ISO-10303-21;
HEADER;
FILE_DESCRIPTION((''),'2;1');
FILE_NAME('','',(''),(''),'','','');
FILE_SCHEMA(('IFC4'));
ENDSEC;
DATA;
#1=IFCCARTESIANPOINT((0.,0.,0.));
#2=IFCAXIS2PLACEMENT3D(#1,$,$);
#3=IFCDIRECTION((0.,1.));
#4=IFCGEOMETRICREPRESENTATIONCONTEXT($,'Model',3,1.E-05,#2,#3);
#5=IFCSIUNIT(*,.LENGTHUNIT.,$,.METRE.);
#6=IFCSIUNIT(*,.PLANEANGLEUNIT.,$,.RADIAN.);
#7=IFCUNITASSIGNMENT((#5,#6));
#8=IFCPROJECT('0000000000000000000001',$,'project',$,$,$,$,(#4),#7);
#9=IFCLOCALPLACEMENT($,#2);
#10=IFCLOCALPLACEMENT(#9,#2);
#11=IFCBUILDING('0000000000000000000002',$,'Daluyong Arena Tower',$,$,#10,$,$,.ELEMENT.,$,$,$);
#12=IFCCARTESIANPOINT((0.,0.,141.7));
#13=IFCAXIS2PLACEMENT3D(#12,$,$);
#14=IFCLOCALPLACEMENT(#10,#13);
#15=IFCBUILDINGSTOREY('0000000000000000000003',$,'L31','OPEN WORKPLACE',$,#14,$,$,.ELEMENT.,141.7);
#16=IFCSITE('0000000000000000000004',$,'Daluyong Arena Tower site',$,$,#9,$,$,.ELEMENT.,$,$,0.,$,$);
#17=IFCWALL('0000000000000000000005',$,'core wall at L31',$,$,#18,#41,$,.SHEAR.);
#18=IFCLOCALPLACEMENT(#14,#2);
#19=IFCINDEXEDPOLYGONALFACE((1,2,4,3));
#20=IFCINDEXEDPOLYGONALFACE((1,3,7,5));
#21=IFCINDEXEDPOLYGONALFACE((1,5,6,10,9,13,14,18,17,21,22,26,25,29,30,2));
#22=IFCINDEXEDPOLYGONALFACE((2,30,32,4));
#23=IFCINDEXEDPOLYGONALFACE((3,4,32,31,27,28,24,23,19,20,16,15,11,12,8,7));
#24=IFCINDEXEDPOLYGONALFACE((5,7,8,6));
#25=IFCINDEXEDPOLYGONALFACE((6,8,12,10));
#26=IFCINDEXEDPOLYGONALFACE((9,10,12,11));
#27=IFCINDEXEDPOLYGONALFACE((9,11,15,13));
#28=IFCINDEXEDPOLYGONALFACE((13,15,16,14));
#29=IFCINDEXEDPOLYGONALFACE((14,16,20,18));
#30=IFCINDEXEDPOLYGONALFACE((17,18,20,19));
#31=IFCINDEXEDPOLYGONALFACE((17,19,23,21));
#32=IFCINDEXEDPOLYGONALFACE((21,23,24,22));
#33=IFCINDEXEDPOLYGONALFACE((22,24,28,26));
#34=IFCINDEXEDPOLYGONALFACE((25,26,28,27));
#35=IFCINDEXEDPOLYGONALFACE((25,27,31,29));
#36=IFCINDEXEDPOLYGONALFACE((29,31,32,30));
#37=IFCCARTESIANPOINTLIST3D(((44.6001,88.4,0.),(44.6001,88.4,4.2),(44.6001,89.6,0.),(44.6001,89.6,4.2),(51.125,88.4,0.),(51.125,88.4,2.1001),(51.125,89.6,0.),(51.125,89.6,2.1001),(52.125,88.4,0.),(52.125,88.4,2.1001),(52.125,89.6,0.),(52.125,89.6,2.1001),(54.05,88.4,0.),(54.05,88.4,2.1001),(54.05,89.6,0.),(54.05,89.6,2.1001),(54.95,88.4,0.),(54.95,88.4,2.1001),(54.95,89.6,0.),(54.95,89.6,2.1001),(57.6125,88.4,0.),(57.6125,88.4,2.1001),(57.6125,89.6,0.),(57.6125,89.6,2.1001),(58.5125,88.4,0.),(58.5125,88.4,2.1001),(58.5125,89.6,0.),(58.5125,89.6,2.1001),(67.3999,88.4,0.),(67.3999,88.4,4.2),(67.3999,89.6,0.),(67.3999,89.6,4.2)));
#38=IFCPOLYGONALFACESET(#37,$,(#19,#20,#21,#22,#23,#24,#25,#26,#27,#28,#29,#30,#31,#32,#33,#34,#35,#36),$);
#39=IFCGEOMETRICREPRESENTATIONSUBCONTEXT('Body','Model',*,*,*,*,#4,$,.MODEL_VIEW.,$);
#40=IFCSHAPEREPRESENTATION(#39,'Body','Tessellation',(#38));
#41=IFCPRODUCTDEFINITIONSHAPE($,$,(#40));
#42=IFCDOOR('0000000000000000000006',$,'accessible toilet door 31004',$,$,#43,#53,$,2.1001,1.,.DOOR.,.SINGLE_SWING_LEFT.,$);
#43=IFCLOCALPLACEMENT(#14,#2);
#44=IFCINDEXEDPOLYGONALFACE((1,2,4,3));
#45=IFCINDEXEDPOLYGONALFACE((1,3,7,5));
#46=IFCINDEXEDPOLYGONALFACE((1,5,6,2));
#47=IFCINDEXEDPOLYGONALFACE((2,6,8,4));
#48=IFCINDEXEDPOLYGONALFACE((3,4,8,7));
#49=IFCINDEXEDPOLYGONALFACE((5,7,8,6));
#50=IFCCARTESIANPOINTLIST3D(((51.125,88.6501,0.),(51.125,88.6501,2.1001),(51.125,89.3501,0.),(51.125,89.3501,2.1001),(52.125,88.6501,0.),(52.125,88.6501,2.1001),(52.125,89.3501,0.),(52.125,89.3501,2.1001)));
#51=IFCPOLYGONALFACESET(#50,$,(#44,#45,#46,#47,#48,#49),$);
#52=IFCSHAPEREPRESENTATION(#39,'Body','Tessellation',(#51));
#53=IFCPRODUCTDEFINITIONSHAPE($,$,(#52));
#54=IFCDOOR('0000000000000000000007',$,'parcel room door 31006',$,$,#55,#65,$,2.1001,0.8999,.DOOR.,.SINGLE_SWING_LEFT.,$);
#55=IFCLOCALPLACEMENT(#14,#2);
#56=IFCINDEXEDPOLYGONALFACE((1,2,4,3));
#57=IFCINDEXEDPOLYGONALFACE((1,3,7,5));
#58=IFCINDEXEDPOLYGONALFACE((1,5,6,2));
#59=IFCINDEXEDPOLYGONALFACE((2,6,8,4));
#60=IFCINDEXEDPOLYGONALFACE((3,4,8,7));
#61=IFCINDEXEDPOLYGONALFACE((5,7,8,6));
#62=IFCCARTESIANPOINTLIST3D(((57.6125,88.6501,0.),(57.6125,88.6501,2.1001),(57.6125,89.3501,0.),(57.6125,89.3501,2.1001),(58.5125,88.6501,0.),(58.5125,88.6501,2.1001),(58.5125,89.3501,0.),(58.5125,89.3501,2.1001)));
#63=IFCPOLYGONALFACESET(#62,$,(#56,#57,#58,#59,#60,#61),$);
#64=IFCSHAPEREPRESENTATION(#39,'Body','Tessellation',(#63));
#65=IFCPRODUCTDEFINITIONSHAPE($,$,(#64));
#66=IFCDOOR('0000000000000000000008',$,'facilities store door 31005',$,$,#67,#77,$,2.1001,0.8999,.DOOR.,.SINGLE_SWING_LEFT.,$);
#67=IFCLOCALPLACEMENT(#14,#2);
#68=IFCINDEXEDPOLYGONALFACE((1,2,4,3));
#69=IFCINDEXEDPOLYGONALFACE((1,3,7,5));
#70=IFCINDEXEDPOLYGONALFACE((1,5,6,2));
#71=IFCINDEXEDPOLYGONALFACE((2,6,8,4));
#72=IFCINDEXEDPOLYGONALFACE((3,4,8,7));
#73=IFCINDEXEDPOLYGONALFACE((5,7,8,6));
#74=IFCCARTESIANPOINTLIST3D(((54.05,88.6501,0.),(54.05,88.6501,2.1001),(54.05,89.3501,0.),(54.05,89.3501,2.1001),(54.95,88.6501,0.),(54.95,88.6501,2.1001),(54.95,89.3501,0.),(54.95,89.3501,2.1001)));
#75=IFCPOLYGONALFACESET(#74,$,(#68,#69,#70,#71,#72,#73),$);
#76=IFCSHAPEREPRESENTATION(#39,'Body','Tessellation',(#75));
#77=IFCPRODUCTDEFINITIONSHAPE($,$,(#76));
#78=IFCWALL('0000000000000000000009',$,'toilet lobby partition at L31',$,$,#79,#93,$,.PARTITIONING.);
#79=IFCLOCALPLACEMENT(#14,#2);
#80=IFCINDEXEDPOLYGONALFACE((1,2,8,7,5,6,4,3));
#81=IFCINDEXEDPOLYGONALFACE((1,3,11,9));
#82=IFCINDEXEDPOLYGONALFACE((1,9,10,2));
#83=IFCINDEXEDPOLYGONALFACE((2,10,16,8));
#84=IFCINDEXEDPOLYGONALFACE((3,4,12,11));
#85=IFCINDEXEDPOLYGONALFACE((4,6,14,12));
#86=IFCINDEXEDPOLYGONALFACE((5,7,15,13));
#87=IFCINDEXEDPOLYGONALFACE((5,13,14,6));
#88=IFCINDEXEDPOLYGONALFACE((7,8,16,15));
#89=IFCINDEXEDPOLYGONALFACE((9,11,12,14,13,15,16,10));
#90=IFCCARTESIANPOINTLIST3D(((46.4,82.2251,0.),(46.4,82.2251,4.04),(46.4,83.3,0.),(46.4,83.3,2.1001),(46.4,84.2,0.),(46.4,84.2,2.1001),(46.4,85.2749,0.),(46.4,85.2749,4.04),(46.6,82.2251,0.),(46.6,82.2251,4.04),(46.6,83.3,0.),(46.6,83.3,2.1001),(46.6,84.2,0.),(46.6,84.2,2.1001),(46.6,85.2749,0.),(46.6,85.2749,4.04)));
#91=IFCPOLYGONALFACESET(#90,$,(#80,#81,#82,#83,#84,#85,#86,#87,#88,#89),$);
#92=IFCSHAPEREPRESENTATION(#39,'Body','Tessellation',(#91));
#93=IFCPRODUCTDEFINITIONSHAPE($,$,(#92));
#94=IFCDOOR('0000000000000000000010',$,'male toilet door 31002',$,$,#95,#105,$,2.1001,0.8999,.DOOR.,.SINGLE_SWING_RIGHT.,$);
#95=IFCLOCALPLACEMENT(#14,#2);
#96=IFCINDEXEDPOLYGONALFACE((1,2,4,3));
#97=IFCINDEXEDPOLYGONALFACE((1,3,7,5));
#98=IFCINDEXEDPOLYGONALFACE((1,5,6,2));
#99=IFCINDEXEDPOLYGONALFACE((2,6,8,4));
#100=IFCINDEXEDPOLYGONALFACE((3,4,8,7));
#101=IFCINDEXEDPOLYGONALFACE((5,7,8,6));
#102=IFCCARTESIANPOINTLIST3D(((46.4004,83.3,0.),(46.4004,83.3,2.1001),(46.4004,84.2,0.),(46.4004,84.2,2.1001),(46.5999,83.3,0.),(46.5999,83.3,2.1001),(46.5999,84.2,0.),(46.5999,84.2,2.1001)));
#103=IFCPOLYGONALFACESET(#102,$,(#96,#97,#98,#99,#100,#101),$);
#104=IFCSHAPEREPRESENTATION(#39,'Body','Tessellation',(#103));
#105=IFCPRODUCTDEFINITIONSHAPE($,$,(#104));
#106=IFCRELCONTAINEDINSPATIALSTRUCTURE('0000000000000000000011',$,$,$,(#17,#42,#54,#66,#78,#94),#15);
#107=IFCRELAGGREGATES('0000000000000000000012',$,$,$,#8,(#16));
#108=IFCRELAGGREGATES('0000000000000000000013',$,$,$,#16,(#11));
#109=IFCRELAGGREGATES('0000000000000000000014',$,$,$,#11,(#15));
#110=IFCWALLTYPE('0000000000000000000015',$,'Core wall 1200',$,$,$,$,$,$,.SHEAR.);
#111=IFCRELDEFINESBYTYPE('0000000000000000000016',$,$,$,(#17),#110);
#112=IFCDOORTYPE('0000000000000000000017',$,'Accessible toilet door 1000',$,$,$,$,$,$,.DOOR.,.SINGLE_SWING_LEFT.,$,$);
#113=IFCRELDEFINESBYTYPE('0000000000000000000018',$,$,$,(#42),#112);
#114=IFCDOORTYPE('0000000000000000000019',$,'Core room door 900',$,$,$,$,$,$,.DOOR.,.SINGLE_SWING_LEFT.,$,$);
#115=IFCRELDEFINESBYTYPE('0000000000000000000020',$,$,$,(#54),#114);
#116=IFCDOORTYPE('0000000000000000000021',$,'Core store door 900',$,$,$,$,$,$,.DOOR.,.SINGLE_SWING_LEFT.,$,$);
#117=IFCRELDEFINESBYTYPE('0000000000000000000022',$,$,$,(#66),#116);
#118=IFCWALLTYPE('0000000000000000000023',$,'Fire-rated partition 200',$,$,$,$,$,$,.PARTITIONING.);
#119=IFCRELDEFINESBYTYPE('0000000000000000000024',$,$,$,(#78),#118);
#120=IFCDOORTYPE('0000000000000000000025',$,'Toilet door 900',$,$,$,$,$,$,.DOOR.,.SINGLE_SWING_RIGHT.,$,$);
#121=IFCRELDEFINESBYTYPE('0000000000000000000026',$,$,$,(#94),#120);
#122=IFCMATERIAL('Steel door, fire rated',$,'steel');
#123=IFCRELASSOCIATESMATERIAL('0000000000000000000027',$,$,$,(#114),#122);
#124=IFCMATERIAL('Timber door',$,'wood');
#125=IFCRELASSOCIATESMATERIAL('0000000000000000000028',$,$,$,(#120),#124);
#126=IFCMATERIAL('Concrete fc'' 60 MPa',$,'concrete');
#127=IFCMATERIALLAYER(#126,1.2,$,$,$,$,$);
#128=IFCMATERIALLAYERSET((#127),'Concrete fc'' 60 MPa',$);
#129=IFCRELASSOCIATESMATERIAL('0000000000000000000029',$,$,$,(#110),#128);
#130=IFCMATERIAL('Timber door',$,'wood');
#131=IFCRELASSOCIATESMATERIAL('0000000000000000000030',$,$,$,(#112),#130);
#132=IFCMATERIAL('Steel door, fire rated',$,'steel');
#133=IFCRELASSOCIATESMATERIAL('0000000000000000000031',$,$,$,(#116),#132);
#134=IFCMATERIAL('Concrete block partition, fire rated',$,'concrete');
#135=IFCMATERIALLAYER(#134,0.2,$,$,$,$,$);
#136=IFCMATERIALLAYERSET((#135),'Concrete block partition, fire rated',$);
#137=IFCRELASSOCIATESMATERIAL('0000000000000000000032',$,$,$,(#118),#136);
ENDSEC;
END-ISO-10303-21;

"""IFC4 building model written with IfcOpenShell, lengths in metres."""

from ifc_helpers import new_model, si_unit, direction, frame, frame_2d, origin, place, context, subcontext, project, spatial, rectangle, extrude, material, layer, layer_set, type_object, element, fill, save


model = new_model("IFC4")

# Units and contexts
model_context = context("Model", 3, precision=1e-05, world=origin(), true_north=direction((0.0, 1.0)))
body_context = subcontext(model_context, "Body", "Model", "MODEL_VIEW")
ifc_project = project(units=[si_unit("LENGTHUNIT", "METRE"), si_unit("PLANEANGLEUNIT", "RADIAN")], contexts=[model_context])

# Site, building, storey
site_placement = place(None, origin())
site = spatial("IfcSite", under=ifc_project, at=site_placement, Name="Daluyong Arena Tower site", CompositionType="ELEMENT", RefElevation=0.0)
building_placement = place(site_placement, origin())
building = spatial("IfcBuilding", under=site, at=building_placement, Name="Daluyong Arena Tower", CompositionType="ELEMENT")
storey_placement = place(building_placement, frame((0.0, 0.0, 141.7)))
storey = spatial("IfcBuildingStorey", under=building, at=storey_placement, Name="L31", Description="OPEN WORKPLACE", CompositionType="ELEMENT", Elevation=141.7)

# Shared definitions
ifc_material_1 = material(Name="Steel door, fire rated", Category="steel")
door_type_1 = type_object("IfcDoorType", Name="Core room door 900", OperationType="SINGLE_SWING_LEFT", PredefinedType="DOOR", material=ifc_material_1)
ifc_material_2 = material(Name="Timber door", Category="wood")
door_type_2 = type_object("IfcDoorType", Name="Toilet door 900", OperationType="SINGLE_SWING_RIGHT", PredefinedType="DOOR", material=ifc_material_2)

# Wall, openings, doors
ifc_material_3 = material(Name="Concrete fc' 60 MPa", Category="concrete")
ifc_layer_1 = layer(ifc_material_3, 1.2)
ifc_layer_set_1 = layer_set([ifc_layer_1], Name="Concrete fc' 60 MPa")
wall_type_1 = type_object("IfcWallType", Name="Core wall 1200", PredefinedType="SHEAR", material=ifc_layer_set_1)
wall_1_placement = place(storey_placement, frame((44.6001, 89.0, 0.0), z_axis=(0.0, 0.0, 1.0), x_axis=(1.0, 0.0, 0.0)))
wall_1 = element("IfcWall", 1, at=wall_1_placement, inside=storey, type_object=wall_type_1, Name="core wall at L31", PredefinedType="SHEAR", context=body_context, shape_type="SweptSolid", body=[
    extrude(rectangle(XDim=22.7998, YDim=1.2, at=frame_2d((11.3999, 0.0))), origin(), (0.0, 0.0, 1.0), 4.2),
])
opening_1_placement = place(wall_1_placement, frame((6.5249, 0.0, 0.0)))
opening_1 = element("IfcOpeningElement", 2, at=opening_1_placement, cuts=wall_1, PredefinedType="OPENING", context=body_context, shape_type="SweptSolid", body=[
    extrude(rectangle(XDim=1.0, YDim=2.1001, at=frame_2d((0.5, 1.05))), frame((0.0, 0.6099, 0.0), z_axis=(0.0, -1.0, 0.0), x_axis=(1.0, 0.0, 0.0)), (0.0, 0.0, 1.0), 1.22),
])
opening_2_placement = place(wall_1_placement, frame((9.45, 0.0, 0.0)))
opening_2 = element("IfcOpeningElement", 3, at=opening_2_placement, cuts=wall_1, PredefinedType="OPENING", context=body_context, shape_type="SweptSolid", body=[
    extrude(rectangle(XDim=0.8999, YDim=2.1001, at=frame_2d((0.45, 1.05))), frame((0.0, 0.6099, 0.0), z_axis=(0.0, -1.0, 0.0), x_axis=(1.0, 0.0, 0.0)), (0.0, 0.0, 1.0), 1.22),
])
opening_3_placement = place(wall_1_placement, frame((13.0125, 0.0, 0.0)))
opening_3 = element("IfcOpeningElement", 4, at=opening_3_placement, cuts=wall_1, PredefinedType="OPENING", context=body_context, shape_type="SweptSolid", body=[
    extrude(rectangle(XDim=0.8999, YDim=2.1001, at=frame_2d((0.45, 1.05))), frame((0.0, 0.6099, 0.0), z_axis=(0.0, -1.0, 0.0), x_axis=(1.0, 0.0, 0.0)), (0.0, 0.0, 1.0), 1.22),
])
ifc_material_4 = material(Name="Timber door", Category="wood")
door_type_3 = type_object("IfcDoorType", Name="Accessible toilet door 1000", OperationType="SINGLE_SWING_LEFT", PredefinedType="DOOR", material=ifc_material_4)
door_1_placement = place(opening_1_placement, origin())
door_1 = element("IfcDoor", 5, at=door_1_placement, inside=storey, type_object=door_type_3, Name="accessible toilet door 31004", OperationType="SINGLE_SWING_LEFT", OverallHeight=2.1001, OverallWidth=1.0, PredefinedType="DOOR", context=body_context, shape_type="SweptSolid", body=[
    extrude(rectangle(XDim=1.0, YDim=2.1001, at=frame_2d((0.5, 1.05))), frame((0.0, 0.3501, 0.0), z_axis=(0.0, -1.0, 0.0), x_axis=(1.0, 0.0, 0.0)), (0.0, 0.0, 1.0), 0.7),
])
fill(opening_1, door_1)
door_2_placement = place(opening_3_placement, origin())
door_2 = element("IfcDoor", 6, at=door_2_placement, inside=storey, type_object=door_type_1, Name="parcel room door 31006", OperationType="SINGLE_SWING_LEFT", OverallHeight=2.1001, OverallWidth=0.8999, PredefinedType="DOOR", context=body_context, shape_type="SweptSolid", body=[
    extrude(rectangle(XDim=0.8999, YDim=2.1001, at=frame_2d((0.45, 1.05))), frame((0.0, 0.3501, 0.0), z_axis=(0.0, -1.0, 0.0), x_axis=(1.0, 0.0, 0.0)), (0.0, 0.0, 1.0), 0.7),
])
fill(opening_3, door_2)
ifc_material_5 = material(Name="Steel door, fire rated", Category="steel")
door_type_4 = type_object("IfcDoorType", Name="Core store door 900", OperationType="SINGLE_SWING_LEFT", PredefinedType="DOOR", material=ifc_material_5)
door_3_placement = place(opening_2_placement, origin())
door_3 = element("IfcDoor", 7, at=door_3_placement, inside=storey, type_object=door_type_4, Name="facilities store door 31005", OperationType="SINGLE_SWING_LEFT", OverallHeight=2.1001, OverallWidth=0.8999, PredefinedType="DOOR", context=body_context, shape_type="SweptSolid", body=[
    extrude(rectangle(XDim=0.8999, YDim=2.1001, at=frame_2d((0.45, 1.05))), frame((0.0, 0.3501, 0.0), z_axis=(0.0, -1.0, 0.0), x_axis=(1.0, 0.0, 0.0)), (0.0, 0.0, 1.0), 0.7),
])
fill(opening_2, door_3)

# Wall, opening, door
ifc_material_6 = material(Name="Concrete block partition, fire rated", Category="concrete")
ifc_layer_2 = layer(ifc_material_6, 0.2)
ifc_layer_set_2 = layer_set([ifc_layer_2], Name="Concrete block partition, fire rated")
wall_type_2 = type_object("IfcWallType", Name="Fire-rated partition 200", PredefinedType="PARTITIONING", material=ifc_layer_set_2)
wall_2_placement = place(storey_placement, frame((46.5, 82.2251, 0.0), z_axis=(0.0, 0.0, 1.0), x_axis=(0.0, 1.0, 0.0)))
wall_2 = element("IfcWall", 8, at=wall_2_placement, inside=storey, type_object=wall_type_2, Name="toilet lobby partition at L31", PredefinedType="PARTITIONING", context=body_context, shape_type="SweptSolid", body=[
    extrude(rectangle(XDim=3.0498, YDim=0.2, at=frame_2d((1.5249, 0.0))), origin(), (0.0, 0.0, 1.0), 4.04),
])
opening_4_placement = place(wall_2_placement, frame((1.075, 0.0, 0.0)))
opening_4 = element("IfcOpeningElement", 9, at=opening_4_placement, cuts=wall_2, PredefinedType="OPENING", context=body_context, shape_type="SweptSolid", body=[
    extrude(rectangle(XDim=0.8999, YDim=2.1001, at=frame_2d((0.45, 1.05))), frame((0.0, 0.1099, 0.0), z_axis=(0.0, -1.0, 0.0), x_axis=(1.0, 0.0, 0.0)), (0.0, 0.0, 1.0), 0.22),
])
door_4_placement = place(opening_4_placement, origin())
door_4 = element("IfcDoor", 10, at=door_4_placement, inside=storey, type_object=door_type_2, Name="male toilet door 31002", OperationType="SINGLE_SWING_RIGHT", OverallHeight=2.1001, OverallWidth=0.8999, PredefinedType="DOOR", context=body_context, shape_type="SweptSolid", body=[
    extrude(rectangle(XDim=0.8999, YDim=2.1001, at=frame_2d((0.45, 1.05))), frame((0.0, 0.0996, 0.0), z_axis=(0.0, -1.0, 0.0), x_axis=(1.0, 0.0, 0.0)), (0.0, 0.0, 1.0), 0.1995),
])
fill(opening_4, door_4)

save(model, "model.ifc")
